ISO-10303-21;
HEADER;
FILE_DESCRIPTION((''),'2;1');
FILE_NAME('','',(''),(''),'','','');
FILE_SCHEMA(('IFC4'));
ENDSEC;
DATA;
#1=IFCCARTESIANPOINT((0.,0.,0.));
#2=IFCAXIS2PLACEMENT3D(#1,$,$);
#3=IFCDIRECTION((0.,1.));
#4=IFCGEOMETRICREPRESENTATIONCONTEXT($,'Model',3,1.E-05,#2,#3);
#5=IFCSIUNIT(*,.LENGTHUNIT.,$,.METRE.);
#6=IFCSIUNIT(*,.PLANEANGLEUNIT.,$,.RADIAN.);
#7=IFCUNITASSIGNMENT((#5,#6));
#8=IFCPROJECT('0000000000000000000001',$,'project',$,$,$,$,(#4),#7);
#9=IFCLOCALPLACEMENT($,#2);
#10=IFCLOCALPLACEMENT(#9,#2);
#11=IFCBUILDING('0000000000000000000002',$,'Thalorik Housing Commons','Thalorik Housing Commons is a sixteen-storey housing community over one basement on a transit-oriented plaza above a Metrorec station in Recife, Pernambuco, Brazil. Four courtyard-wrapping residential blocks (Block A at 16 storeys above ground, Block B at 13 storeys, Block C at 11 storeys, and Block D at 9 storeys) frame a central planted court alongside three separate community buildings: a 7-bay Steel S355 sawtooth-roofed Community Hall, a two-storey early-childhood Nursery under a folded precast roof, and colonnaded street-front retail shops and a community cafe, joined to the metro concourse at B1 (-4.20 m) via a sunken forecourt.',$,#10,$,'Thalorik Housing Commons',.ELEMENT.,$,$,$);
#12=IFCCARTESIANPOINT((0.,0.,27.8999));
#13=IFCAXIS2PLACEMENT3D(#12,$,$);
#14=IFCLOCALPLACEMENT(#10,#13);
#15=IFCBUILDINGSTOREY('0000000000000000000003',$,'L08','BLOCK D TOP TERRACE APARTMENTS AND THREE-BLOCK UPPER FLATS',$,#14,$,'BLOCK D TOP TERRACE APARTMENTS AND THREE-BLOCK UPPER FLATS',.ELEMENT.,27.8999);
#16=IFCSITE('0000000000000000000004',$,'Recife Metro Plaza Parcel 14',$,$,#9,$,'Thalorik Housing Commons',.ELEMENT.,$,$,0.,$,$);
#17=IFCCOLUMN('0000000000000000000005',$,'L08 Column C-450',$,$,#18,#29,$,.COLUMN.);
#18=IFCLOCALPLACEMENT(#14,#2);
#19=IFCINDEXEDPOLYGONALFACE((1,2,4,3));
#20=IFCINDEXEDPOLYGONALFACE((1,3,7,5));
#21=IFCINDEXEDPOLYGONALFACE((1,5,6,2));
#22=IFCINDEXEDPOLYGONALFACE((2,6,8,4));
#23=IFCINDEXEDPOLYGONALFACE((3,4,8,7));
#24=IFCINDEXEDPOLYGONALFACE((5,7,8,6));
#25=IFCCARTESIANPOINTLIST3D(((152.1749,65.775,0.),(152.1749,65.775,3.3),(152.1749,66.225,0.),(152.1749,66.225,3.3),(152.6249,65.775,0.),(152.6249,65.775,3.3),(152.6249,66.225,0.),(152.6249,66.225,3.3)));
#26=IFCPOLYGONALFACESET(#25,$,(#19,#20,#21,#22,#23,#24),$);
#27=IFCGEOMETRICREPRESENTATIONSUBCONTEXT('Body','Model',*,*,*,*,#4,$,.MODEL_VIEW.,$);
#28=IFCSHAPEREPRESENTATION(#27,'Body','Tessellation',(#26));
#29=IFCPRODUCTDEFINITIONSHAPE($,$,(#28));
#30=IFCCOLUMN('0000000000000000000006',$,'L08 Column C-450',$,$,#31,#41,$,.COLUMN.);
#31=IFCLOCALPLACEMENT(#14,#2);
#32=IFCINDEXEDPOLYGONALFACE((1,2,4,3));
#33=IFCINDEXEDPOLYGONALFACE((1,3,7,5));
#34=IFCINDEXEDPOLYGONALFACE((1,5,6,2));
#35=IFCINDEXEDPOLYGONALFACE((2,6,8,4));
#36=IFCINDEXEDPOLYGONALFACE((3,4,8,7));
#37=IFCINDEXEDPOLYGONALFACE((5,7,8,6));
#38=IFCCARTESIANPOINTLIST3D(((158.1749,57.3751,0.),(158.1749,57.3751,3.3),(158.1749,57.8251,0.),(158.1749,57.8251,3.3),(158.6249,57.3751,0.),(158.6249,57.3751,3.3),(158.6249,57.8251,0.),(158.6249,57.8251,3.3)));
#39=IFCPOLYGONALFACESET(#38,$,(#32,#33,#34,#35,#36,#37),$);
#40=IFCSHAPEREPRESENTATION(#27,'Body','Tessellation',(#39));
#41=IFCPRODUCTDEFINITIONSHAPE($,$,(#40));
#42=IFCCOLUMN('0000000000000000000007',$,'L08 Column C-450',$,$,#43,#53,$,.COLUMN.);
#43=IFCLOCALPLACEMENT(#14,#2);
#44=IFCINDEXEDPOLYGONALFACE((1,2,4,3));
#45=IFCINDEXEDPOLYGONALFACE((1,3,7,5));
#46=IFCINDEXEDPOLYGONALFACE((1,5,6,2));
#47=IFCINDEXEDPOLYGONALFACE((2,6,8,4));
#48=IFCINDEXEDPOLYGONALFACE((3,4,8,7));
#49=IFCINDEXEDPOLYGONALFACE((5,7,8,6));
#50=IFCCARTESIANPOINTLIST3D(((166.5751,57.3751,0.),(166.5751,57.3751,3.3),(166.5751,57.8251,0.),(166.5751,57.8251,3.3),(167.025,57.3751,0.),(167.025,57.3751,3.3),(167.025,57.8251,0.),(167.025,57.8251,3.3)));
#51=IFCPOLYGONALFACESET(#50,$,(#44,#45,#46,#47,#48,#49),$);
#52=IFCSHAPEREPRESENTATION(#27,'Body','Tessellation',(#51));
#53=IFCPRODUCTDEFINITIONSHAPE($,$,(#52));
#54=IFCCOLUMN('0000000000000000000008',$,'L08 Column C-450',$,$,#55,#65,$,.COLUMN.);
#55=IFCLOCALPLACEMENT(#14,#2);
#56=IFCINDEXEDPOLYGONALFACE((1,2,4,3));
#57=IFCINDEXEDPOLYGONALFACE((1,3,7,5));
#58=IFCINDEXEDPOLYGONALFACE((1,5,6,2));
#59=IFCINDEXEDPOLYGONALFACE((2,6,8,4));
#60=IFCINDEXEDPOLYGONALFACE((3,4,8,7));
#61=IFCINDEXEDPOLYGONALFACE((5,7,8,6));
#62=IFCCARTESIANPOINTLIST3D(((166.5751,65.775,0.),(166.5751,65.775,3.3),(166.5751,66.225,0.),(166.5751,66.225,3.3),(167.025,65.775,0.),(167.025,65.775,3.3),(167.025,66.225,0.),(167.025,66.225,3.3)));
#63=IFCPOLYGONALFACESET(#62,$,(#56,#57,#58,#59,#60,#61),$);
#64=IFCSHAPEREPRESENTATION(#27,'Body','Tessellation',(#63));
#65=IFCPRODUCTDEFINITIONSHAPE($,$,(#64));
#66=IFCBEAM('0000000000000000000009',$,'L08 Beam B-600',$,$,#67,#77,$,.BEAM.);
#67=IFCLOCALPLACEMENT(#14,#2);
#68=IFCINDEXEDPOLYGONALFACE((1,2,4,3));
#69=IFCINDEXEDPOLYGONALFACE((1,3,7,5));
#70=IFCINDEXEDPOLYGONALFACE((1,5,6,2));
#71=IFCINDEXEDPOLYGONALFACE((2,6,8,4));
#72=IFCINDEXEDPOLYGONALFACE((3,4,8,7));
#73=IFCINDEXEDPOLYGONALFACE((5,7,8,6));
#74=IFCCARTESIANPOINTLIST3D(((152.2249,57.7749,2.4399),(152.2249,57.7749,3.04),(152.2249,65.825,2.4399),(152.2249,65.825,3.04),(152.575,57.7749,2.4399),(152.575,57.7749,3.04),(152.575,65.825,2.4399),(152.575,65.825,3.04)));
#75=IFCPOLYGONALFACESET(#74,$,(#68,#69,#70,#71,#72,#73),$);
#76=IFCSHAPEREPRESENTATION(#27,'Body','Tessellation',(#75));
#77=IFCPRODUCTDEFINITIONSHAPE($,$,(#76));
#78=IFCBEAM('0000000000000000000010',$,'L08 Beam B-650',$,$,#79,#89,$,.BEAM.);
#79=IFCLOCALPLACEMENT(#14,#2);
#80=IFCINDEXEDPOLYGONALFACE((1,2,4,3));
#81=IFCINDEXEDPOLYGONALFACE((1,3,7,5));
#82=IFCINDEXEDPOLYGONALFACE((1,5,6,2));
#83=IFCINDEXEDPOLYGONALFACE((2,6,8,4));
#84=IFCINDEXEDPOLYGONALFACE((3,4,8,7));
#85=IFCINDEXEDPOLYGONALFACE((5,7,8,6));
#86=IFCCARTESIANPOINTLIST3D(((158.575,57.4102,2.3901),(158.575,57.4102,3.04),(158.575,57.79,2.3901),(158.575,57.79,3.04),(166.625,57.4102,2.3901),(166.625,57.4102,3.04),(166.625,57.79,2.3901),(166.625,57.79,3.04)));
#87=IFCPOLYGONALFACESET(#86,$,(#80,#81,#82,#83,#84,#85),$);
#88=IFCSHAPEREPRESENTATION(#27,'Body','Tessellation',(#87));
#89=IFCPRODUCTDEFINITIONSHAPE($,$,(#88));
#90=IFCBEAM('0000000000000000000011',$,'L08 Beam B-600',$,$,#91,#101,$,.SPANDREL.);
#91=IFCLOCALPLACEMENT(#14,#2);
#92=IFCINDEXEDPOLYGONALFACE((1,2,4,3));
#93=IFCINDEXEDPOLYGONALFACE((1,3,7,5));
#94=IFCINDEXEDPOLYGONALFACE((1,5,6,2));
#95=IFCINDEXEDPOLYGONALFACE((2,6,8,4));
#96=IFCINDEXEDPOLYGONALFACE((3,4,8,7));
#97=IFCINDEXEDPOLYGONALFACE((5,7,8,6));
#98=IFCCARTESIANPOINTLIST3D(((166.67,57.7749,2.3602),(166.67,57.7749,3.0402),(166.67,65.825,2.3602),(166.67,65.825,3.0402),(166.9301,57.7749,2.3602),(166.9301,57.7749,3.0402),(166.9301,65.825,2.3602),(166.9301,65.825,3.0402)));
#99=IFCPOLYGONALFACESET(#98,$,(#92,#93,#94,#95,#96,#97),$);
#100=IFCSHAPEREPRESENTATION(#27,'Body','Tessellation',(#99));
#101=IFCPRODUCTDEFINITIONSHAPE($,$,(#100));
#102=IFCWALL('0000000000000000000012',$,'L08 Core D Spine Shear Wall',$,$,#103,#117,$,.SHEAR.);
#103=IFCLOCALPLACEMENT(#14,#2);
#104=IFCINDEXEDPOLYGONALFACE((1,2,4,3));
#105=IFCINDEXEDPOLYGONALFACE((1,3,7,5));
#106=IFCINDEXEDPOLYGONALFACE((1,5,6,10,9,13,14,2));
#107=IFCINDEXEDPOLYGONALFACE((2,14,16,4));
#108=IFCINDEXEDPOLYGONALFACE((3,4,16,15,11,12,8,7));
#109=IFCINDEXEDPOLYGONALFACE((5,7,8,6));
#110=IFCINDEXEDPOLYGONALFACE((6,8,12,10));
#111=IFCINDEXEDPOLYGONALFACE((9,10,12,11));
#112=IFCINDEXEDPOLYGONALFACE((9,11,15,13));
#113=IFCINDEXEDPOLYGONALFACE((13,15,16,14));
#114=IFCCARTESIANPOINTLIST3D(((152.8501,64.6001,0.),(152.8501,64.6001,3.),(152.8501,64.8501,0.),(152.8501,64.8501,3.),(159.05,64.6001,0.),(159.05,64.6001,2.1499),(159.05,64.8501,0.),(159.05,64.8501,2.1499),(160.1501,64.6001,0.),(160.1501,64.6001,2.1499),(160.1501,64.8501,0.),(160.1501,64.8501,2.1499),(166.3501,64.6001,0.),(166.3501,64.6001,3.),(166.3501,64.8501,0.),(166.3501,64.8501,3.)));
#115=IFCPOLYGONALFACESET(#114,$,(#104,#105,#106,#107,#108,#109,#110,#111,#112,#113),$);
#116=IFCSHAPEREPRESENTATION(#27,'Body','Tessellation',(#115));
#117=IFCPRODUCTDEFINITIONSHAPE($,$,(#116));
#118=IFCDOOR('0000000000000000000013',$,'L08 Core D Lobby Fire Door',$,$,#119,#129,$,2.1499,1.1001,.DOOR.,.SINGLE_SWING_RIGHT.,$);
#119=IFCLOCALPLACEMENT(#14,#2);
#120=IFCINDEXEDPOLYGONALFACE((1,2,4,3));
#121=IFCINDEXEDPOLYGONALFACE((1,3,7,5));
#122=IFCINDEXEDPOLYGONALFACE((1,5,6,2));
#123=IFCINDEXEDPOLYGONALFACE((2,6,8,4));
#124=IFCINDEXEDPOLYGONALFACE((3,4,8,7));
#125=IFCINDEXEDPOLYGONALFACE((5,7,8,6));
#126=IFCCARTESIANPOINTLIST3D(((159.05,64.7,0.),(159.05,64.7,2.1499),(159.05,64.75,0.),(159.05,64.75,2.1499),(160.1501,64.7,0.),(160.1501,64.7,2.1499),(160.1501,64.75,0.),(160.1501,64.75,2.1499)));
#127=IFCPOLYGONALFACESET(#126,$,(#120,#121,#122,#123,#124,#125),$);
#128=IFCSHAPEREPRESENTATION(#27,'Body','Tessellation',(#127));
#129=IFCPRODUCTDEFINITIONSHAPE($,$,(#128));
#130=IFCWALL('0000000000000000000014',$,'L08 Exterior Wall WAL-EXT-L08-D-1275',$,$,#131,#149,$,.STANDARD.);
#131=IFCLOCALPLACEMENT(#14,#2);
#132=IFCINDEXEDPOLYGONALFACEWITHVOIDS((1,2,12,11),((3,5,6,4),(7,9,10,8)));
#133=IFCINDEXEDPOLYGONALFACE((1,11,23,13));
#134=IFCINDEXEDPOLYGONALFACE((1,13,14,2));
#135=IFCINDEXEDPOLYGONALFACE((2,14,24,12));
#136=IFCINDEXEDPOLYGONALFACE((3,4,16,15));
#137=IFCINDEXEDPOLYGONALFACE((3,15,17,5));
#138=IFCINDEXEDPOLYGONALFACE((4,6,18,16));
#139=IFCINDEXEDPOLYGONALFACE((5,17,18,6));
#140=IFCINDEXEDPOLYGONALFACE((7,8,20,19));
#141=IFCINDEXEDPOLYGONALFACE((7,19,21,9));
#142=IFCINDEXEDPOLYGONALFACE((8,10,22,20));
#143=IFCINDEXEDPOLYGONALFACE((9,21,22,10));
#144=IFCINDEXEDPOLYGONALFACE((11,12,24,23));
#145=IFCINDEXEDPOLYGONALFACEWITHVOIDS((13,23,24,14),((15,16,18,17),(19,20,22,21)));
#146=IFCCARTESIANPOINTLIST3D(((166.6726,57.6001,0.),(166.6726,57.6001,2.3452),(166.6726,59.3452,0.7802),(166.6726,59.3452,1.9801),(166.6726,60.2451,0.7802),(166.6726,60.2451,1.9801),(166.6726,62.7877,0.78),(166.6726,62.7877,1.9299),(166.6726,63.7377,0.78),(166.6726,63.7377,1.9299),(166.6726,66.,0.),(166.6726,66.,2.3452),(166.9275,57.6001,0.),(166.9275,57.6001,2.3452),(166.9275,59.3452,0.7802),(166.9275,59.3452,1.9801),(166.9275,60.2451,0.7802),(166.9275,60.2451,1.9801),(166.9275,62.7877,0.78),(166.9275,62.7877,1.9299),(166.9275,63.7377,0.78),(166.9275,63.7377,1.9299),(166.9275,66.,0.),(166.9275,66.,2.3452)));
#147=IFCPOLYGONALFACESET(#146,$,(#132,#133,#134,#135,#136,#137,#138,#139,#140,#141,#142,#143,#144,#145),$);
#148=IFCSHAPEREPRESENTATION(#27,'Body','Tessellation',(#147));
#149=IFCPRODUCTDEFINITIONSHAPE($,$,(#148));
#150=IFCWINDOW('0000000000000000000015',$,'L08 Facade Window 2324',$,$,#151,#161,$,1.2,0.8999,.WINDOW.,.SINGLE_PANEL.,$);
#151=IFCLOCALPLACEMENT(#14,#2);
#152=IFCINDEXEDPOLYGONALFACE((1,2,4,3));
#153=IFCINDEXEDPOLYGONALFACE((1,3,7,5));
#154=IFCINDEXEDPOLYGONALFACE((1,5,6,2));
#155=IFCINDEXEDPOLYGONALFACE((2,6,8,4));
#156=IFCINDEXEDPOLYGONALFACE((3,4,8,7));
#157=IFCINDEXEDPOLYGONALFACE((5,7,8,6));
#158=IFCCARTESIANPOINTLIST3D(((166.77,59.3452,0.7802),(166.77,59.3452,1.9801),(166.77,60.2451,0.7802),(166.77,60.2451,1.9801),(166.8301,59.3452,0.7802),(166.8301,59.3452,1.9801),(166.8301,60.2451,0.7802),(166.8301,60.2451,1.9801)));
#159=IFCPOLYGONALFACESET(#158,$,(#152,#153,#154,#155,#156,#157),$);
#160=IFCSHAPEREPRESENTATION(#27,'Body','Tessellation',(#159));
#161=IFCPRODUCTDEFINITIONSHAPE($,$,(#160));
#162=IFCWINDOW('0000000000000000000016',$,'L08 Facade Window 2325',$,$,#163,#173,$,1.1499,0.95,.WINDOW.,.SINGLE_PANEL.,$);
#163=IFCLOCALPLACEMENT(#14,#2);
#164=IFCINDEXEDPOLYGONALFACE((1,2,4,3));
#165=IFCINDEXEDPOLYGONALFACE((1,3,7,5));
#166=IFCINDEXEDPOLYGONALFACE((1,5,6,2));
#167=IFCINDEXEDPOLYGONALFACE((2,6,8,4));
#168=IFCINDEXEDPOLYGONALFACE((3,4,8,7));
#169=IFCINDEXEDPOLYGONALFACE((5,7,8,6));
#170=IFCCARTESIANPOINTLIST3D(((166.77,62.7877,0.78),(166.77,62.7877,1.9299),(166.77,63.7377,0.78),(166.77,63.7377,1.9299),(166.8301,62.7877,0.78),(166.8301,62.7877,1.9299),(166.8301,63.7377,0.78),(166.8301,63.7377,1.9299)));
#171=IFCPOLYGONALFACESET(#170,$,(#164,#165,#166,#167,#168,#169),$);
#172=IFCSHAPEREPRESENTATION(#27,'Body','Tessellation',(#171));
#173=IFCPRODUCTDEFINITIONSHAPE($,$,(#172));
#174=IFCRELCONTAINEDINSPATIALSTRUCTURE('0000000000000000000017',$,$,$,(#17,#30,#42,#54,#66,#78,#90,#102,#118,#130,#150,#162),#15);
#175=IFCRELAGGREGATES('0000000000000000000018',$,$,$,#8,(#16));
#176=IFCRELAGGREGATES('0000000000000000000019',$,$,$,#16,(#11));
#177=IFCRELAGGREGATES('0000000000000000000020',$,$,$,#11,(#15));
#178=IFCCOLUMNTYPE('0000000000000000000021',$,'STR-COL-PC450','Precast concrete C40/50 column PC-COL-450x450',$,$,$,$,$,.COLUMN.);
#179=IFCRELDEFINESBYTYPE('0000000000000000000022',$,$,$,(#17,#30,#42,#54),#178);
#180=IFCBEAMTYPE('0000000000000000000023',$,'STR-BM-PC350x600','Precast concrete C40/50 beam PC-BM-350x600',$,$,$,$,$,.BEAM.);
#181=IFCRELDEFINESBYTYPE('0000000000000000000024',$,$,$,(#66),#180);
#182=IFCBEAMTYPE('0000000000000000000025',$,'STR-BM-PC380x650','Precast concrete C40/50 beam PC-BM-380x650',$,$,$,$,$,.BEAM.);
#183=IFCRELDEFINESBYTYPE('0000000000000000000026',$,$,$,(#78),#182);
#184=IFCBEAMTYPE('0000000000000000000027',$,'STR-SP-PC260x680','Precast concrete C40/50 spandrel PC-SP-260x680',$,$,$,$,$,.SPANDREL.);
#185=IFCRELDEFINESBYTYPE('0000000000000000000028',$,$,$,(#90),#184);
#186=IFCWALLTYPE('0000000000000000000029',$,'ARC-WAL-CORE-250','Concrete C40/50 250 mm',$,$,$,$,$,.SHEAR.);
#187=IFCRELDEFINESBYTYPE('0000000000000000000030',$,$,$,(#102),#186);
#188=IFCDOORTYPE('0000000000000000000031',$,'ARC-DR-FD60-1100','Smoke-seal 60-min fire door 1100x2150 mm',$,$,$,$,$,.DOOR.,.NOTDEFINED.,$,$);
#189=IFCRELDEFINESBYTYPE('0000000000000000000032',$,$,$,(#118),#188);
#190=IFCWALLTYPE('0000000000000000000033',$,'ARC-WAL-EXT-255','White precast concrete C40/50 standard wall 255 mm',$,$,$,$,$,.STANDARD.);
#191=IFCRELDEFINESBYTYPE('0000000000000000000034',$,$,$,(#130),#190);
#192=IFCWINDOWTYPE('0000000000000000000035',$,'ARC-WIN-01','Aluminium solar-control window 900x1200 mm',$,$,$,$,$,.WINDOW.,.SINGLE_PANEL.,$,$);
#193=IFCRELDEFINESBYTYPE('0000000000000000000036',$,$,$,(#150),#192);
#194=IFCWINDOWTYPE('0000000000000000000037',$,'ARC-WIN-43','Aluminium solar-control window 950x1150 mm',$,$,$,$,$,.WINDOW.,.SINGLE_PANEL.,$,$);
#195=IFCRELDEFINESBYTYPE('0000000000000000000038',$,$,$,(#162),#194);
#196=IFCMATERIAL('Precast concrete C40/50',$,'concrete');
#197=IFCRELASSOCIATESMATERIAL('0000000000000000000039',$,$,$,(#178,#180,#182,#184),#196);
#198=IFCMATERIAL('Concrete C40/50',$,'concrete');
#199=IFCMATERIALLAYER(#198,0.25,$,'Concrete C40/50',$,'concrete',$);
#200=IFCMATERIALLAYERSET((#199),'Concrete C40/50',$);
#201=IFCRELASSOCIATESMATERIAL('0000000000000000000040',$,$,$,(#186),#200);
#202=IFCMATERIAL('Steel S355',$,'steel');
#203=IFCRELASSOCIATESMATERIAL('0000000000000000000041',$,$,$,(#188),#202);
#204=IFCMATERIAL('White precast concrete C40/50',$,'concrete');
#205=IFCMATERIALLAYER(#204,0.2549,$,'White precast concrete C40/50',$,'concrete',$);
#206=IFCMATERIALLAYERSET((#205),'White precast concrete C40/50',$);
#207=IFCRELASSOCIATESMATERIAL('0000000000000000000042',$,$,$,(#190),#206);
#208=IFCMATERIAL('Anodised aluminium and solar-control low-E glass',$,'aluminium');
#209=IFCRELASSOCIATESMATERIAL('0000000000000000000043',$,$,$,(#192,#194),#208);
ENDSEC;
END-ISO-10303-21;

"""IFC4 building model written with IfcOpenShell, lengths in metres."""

from ifc_helpers import new_model, si_unit, direction, frame, frame_2d, origin, origin_2d, place, context, subcontext, project, spatial, rectangle, extrude, material, layer, layer_set, material_profile, profile_set, type_object, element, fill, save


model = new_model("IFC4")

# Units and contexts
model_context = context("Model", 3, precision=1e-05, world=origin(), true_north=direction((0.0, 1.0)))
body_context = subcontext(model_context, "Body", "Model", "MODEL_VIEW")
ifc_project = project(units=[si_unit("LENGTHUNIT", "METRE"), si_unit("PLANEANGLEUNIT", "RADIAN")], contexts=[model_context])

# Site, building, storey
site_placement = place(None, origin())
site = spatial("IfcSite", under=ifc_project, at=site_placement, Name="Recife Metro Plaza Parcel 14", LongName="Thalorik Housing Commons", CompositionType="ELEMENT", RefElevation=0.0)
building_placement = place(site_placement, origin())
building = spatial("IfcBuilding", under=site, at=building_placement, Name="Thalorik Housing Commons", Description="Thalorik Housing Commons is a sixteen-storey housing community over one basement on a transit-oriented plaza above a Metrorec station in Recife, Pernambuco, Brazil. Four courtyard-wrapping residential blocks (Block A at 16 storeys above ground, Block B at 13 storeys, Block C at 11 storeys, and Block D at 9 storeys) frame a central planted court alongside three separate community buildings: a 7-bay Steel S355 sawtooth-roofed Community Hall, a two-storey early-childhood Nursery under a folded precast roof, and colonnaded street-front retail shops and a community cafe, joined to the metro concourse at B1 (-4.20 m) via a sunken forecourt.", LongName="Thalorik Housing Commons", CompositionType="ELEMENT")
storey_placement = place(building_placement, frame((0.0, 0.0, 27.8999)))
storey = spatial("IfcBuildingStorey", under=building, at=storey_placement, Name="L08", Description="BLOCK D TOP TERRACE APARTMENTS AND THREE-BLOCK UPPER FLATS", LongName="BLOCK D TOP TERRACE APARTMENTS AND THREE-BLOCK UPPER FLATS", CompositionType="ELEMENT", Elevation=27.8999)

# Columns
ifc_material_1 = material(Name="Precast concrete C40/50", Category="concrete")
ifc_material_profile_1 = material_profile(ifc_material_1, rectangle(XDim=0.45, YDim=0.45, at=origin_2d()), Name="PC 450x450", Category="concrete")
ifc_profile_set_1 = profile_set([ifc_material_profile_1], Name="Precast concrete C40/50")
column_type = type_object("IfcColumnType", Name="STR-COL-PC450", Description="Precast concrete C40/50 column PC-COL-450x450", PredefinedType="COLUMN", material=ifc_profile_set_1)
for number, where, z_axis, x_axis, name in (
    (1, (152.3999, 66.0, 0.0), (0.0, 0.0, 1.0), (1.0, 0.0, 0.0), "L08 Column C-450"),
    (2, (158.3999, 57.6001, 0.0), (0.0, 0.0, 1.0), (1.0, 0.0, 0.0), "L08 Column C-450"),
    (3, (166.8, 57.6001, 0.0), (0.0, 0.0, 1.0), (1.0, 0.0, 0.0), "L08 Column C-450"),
    (4, (166.8, 66.0, 0.0), (0.0, 0.0, 1.0), (1.0, 0.0, 0.0), "L08 Column C-450"),
):
    element("IfcColumn", number, at=place(storey_placement, frame(where, z_axis=z_axis, x_axis=x_axis)), inside=storey, type_object=column_type, Name=name, PredefinedType="COLUMN", context=body_context, shape_type="SweptSolid", body=[
        extrude(rectangle(XDim=0.45, YDim=0.45, at=origin_2d()), origin(), (0.0, 0.0, 1.0), 3.3),
    ])

# Beams
ifc_material_profile_2 = material_profile(ifc_material_1, rectangle(XDim=0.3501, YDim=0.6001, at=origin_2d()), Name="PC 350x600", Category="concrete")
ifc_profile_set_2 = profile_set([ifc_material_profile_2], Name="Precast concrete C40/50")
beam_type_1 = type_object("IfcBeamType", Name="STR-BM-PC350x600", Description="Precast concrete C40/50 beam PC-BM-350x600", PredefinedType="BEAM", material=ifc_profile_set_2)
beam_1_placement = place(storey_placement, frame((152.3999, 57.7749, 2.74), z_axis=(0.0, 1.0, 0.0), x_axis=(-1.0, 0.0, 0.0)))
element("IfcBeam", 5, at=beam_1_placement, inside=storey, type_object=beam_type_1, Name="L08 Beam B-600", PredefinedType="BEAM", context=body_context, shape_type="SweptSolid", body=[
    extrude(rectangle(XDim=0.3501, YDim=0.6001, at=origin_2d()), origin(), (0.0, 0.0, 1.0), 8.05),
])
ifc_material_profile_3 = material_profile(ifc_material_1, rectangle(XDim=0.3799, YDim=0.6499, at=origin_2d()), Name="PC 380x650", Category="concrete")
ifc_profile_set_3 = profile_set([ifc_material_profile_3], Name="Precast concrete C40/50")
beam_type_2 = type_object("IfcBeamType", Name="STR-BM-PC380x650", Description="Precast concrete C40/50 beam PC-BM-380x650", PredefinedType="BEAM", material=ifc_profile_set_3)
beam_2_placement = place(storey_placement, frame((158.575, 57.6001, 2.7151), z_axis=(1.0, 0.0, 0.0), x_axis=(0.0, 1.0, 0.0)))
element("IfcBeam", 6, at=beam_2_placement, inside=storey, type_object=beam_type_2, Name="L08 Beam B-650", PredefinedType="BEAM", context=body_context, shape_type="SweptSolid", body=[
    extrude(rectangle(XDim=0.3799, YDim=0.6499, at=origin_2d()), origin(), (0.0, 0.0, 1.0), 8.05),
])
ifc_material_profile_4 = material_profile(ifc_material_1, rectangle(XDim=0.26, YDim=0.6799, at=origin_2d()), Name="PC SP 260x680", Category="concrete")
ifc_profile_set_4 = profile_set([ifc_material_profile_4], Name="Precast concrete C40/50")
beam_type_3 = type_object("IfcBeamType", Name="STR-SP-PC260x680", Description="Precast concrete C40/50 spandrel PC-SP-260x680", PredefinedType="SPANDREL", material=ifc_profile_set_4)
beam_3_placement = place(storey_placement, frame((166.8, 57.7749, 2.7002), z_axis=(0.0, 1.0, 0.0), x_axis=(-1.0, 0.0, 0.0)))
element("IfcBeam", 7, at=beam_3_placement, inside=storey, type_object=beam_type_3, Name="L08 Beam B-600", PredefinedType="SPANDREL", context=body_context, shape_type="SweptSolid", body=[
    extrude(rectangle(XDim=0.26, YDim=0.6799, at=origin_2d()), origin(), (0.0, 0.0, 1.0), 8.05),
])

# Wall, opening, door
ifc_material_2 = material(Name="Concrete C40/50", Category="concrete")
ifc_layer_1 = layer(ifc_material_2, 0.25, Name="Concrete C40/50", Category="concrete")
ifc_layer_set_1 = layer_set([ifc_layer_1], Name="Concrete C40/50")
wall_type_1 = type_object("IfcWallType", Name="ARC-WAL-CORE-250", Description="Concrete C40/50 250 mm", PredefinedType="SHEAR", material=ifc_layer_set_1)
wall_1_placement = place(storey_placement, frame((152.8501, 64.7251, 0.0), z_axis=(0.0, 0.0, 1.0), x_axis=(1.0, 0.0, 0.0)))
wall_1 = element("IfcWall", 8, at=wall_1_placement, inside=storey, type_object=wall_type_1, Name="L08 Core D Spine Shear Wall", PredefinedType="SHEAR", context=body_context, shape_type="SweptSolid", body=[
    extrude(rectangle(XDim=13.5, YDim=0.25, at=frame_2d((6.75, 0.0))), origin(), (0.0, 0.0, 1.0), 3.0),
])
opening_1_placement = place(wall_1_placement, frame((6.2, 0.0, 0.0)))
opening_1 = element("IfcOpeningElement", 9, at=opening_1_placement, cuts=wall_1, PredefinedType="OPENING", context=body_context, shape_type="SweptSolid", body=[
    extrude(rectangle(XDim=1.1001, YDim=2.1499, at=frame_2d((0.55, 1.075))), frame((0.0, 0.135, 0.0), z_axis=(0.0, -1.0, 0.0), x_axis=(1.0, 0.0, 0.0)), (0.0, 0.0, 1.0), 0.27),
])
ifc_material_3 = material(Name="Steel S355", Category="steel")
door_type_1 = type_object("IfcDoorType", Name="ARC-DR-FD60-1100", Description="Smoke-seal 60-min fire door 1100x2150 mm", OperationType="NOTDEFINED", PredefinedType="DOOR", material=ifc_material_3)
door_1_placement = place(opening_1_placement, origin())
door_1 = element("IfcDoor", 10, at=door_1_placement, inside=storey, type_object=door_type_1, Name="L08 Core D Lobby Fire Door", OperationType="SINGLE_SWING_RIGHT", OverallHeight=2.1499, OverallWidth=1.1001, PredefinedType="DOOR", context=body_context, shape_type="SweptSolid", body=[
    extrude(rectangle(XDim=1.1001, YDim=2.1499, at=frame_2d((0.55, 1.075))), frame((0.0, 0.0249, 0.0), z_axis=(0.0, -1.0, 0.0), x_axis=(1.0, 0.0, 0.0)), (0.0, 0.0, 1.0), 0.05),
])
fill(opening_1, door_1)

# Wall, openings, windows
ifc_material_4 = material(Name="White precast concrete C40/50", Category="concrete")
ifc_layer_2 = layer(ifc_material_4, 0.2549, Name="White precast concrete C40/50", Category="concrete")
ifc_layer_set_2 = layer_set([ifc_layer_2], Name="White precast concrete C40/50")
wall_type_2 = type_object("IfcWallType", Name="ARC-WAL-EXT-255", Description="White precast concrete C40/50 standard wall 255 mm", PredefinedType="STANDARD", material=ifc_layer_set_2)
wall_2_placement = place(storey_placement, frame((166.8, 57.6001, 0.0), z_axis=(0.0, 0.0, 1.0), x_axis=(0.0, 1.0, 0.0)))
wall_2 = element("IfcWall", 11, at=wall_2_placement, inside=storey, type_object=wall_type_2, Name="L08 Exterior Wall WAL-EXT-L08-D-1275", PredefinedType="STANDARD", context=body_context, shape_type="SweptSolid", body=[
    extrude(rectangle(XDim=8.3999, YDim=0.2549, at=frame_2d((4.2, 0.0))), origin(), (0.0, 0.0, 1.0), 2.3452),
])
opening_2_placement = place(wall_2_placement, frame((1.7451, 0.0, 0.78)))
opening_2 = element("IfcOpeningElement", 12, at=opening_2_placement, cuts=wall_2, PredefinedType="OPENING", context=body_context, shape_type="SweptSolid", body=[
    extrude(rectangle(XDim=0.8999, YDim=1.2, at=frame_2d((0.45, 0.6001))), frame((0.0, 0.1375, 0.0), z_axis=(0.0, -1.0, 0.0), x_axis=(1.0, 0.0, 0.0)), (0.0, 0.0, 1.0), 0.2749),
])
opening_3_placement = place(wall_2_placement, frame((5.1875, 0.0, 0.78)))
opening_3 = element("IfcOpeningElement", 13, at=opening_3_placement, cuts=wall_2, PredefinedType="OPENING", context=body_context, shape_type="SweptSolid", body=[
    extrude(rectangle(XDim=0.95, YDim=1.1499, at=frame_2d((0.4751, 0.575))), frame((0.0, 0.1375, 0.0), z_axis=(0.0, -1.0, 0.0), x_axis=(1.0, 0.0, 0.0)), (0.0, 0.0, 1.0), 0.2749),
])
ifc_material_5 = material(Name="Anodised aluminium and solar-control low-E glass", Category="aluminium")
window_type_1 = type_object("IfcWindowType", Name="ARC-WIN-01", Description="Aluminium solar-control window 900x1200 mm", PartitioningType="SINGLE_PANEL", PredefinedType="WINDOW", material=ifc_material_5)
window_1_placement = place(opening_2_placement, origin())
window_1 = element("IfcWindow", 14, at=window_1_placement, inside=storey, type_object=window_type_1, Name="L08 Facade Window 2324", OverallHeight=1.2, OverallWidth=0.8999, PartitioningType="SINGLE_PANEL", PredefinedType="WINDOW", context=body_context, shape_type="SweptSolid", body=[
    extrude(rectangle(XDim=0.8999, YDim=1.2, at=frame_2d((0.45, 0.6001))), frame((0.0, 0.03, 0.0), z_axis=(0.0, -1.0, 0.0), x_axis=(1.0, 0.0, 0.0)), (0.0, 0.0, 1.0), 0.0601),
])
fill(opening_2, window_1)
window_type_2 = type_object("IfcWindowType", Name="ARC-WIN-43", Description="Aluminium solar-control window 950x1150 mm", PartitioningType="SINGLE_PANEL", PredefinedType="WINDOW", material=ifc_material_5)
window_2_placement = place(opening_3_placement, origin())
window_2 = element("IfcWindow", 15, at=window_2_placement, inside=storey, type_object=window_type_2, Name="L08 Facade Window 2325", OverallHeight=1.1499, OverallWidth=0.95, PartitioningType="SINGLE_PANEL", PredefinedType="WINDOW", context=body_context, shape_type="SweptSolid", body=[
    extrude(rectangle(XDim=0.95, YDim=1.1499, at=frame_2d((0.4751, 0.575))), frame((0.0, 0.03, 0.0), z_axis=(0.0, -1.0, 0.0), x_axis=(1.0, 0.0, 0.0)), (0.0, 0.0, 1.0), 0.0601),
])
fill(opening_3, window_2)

save(model, "model.ifc")
